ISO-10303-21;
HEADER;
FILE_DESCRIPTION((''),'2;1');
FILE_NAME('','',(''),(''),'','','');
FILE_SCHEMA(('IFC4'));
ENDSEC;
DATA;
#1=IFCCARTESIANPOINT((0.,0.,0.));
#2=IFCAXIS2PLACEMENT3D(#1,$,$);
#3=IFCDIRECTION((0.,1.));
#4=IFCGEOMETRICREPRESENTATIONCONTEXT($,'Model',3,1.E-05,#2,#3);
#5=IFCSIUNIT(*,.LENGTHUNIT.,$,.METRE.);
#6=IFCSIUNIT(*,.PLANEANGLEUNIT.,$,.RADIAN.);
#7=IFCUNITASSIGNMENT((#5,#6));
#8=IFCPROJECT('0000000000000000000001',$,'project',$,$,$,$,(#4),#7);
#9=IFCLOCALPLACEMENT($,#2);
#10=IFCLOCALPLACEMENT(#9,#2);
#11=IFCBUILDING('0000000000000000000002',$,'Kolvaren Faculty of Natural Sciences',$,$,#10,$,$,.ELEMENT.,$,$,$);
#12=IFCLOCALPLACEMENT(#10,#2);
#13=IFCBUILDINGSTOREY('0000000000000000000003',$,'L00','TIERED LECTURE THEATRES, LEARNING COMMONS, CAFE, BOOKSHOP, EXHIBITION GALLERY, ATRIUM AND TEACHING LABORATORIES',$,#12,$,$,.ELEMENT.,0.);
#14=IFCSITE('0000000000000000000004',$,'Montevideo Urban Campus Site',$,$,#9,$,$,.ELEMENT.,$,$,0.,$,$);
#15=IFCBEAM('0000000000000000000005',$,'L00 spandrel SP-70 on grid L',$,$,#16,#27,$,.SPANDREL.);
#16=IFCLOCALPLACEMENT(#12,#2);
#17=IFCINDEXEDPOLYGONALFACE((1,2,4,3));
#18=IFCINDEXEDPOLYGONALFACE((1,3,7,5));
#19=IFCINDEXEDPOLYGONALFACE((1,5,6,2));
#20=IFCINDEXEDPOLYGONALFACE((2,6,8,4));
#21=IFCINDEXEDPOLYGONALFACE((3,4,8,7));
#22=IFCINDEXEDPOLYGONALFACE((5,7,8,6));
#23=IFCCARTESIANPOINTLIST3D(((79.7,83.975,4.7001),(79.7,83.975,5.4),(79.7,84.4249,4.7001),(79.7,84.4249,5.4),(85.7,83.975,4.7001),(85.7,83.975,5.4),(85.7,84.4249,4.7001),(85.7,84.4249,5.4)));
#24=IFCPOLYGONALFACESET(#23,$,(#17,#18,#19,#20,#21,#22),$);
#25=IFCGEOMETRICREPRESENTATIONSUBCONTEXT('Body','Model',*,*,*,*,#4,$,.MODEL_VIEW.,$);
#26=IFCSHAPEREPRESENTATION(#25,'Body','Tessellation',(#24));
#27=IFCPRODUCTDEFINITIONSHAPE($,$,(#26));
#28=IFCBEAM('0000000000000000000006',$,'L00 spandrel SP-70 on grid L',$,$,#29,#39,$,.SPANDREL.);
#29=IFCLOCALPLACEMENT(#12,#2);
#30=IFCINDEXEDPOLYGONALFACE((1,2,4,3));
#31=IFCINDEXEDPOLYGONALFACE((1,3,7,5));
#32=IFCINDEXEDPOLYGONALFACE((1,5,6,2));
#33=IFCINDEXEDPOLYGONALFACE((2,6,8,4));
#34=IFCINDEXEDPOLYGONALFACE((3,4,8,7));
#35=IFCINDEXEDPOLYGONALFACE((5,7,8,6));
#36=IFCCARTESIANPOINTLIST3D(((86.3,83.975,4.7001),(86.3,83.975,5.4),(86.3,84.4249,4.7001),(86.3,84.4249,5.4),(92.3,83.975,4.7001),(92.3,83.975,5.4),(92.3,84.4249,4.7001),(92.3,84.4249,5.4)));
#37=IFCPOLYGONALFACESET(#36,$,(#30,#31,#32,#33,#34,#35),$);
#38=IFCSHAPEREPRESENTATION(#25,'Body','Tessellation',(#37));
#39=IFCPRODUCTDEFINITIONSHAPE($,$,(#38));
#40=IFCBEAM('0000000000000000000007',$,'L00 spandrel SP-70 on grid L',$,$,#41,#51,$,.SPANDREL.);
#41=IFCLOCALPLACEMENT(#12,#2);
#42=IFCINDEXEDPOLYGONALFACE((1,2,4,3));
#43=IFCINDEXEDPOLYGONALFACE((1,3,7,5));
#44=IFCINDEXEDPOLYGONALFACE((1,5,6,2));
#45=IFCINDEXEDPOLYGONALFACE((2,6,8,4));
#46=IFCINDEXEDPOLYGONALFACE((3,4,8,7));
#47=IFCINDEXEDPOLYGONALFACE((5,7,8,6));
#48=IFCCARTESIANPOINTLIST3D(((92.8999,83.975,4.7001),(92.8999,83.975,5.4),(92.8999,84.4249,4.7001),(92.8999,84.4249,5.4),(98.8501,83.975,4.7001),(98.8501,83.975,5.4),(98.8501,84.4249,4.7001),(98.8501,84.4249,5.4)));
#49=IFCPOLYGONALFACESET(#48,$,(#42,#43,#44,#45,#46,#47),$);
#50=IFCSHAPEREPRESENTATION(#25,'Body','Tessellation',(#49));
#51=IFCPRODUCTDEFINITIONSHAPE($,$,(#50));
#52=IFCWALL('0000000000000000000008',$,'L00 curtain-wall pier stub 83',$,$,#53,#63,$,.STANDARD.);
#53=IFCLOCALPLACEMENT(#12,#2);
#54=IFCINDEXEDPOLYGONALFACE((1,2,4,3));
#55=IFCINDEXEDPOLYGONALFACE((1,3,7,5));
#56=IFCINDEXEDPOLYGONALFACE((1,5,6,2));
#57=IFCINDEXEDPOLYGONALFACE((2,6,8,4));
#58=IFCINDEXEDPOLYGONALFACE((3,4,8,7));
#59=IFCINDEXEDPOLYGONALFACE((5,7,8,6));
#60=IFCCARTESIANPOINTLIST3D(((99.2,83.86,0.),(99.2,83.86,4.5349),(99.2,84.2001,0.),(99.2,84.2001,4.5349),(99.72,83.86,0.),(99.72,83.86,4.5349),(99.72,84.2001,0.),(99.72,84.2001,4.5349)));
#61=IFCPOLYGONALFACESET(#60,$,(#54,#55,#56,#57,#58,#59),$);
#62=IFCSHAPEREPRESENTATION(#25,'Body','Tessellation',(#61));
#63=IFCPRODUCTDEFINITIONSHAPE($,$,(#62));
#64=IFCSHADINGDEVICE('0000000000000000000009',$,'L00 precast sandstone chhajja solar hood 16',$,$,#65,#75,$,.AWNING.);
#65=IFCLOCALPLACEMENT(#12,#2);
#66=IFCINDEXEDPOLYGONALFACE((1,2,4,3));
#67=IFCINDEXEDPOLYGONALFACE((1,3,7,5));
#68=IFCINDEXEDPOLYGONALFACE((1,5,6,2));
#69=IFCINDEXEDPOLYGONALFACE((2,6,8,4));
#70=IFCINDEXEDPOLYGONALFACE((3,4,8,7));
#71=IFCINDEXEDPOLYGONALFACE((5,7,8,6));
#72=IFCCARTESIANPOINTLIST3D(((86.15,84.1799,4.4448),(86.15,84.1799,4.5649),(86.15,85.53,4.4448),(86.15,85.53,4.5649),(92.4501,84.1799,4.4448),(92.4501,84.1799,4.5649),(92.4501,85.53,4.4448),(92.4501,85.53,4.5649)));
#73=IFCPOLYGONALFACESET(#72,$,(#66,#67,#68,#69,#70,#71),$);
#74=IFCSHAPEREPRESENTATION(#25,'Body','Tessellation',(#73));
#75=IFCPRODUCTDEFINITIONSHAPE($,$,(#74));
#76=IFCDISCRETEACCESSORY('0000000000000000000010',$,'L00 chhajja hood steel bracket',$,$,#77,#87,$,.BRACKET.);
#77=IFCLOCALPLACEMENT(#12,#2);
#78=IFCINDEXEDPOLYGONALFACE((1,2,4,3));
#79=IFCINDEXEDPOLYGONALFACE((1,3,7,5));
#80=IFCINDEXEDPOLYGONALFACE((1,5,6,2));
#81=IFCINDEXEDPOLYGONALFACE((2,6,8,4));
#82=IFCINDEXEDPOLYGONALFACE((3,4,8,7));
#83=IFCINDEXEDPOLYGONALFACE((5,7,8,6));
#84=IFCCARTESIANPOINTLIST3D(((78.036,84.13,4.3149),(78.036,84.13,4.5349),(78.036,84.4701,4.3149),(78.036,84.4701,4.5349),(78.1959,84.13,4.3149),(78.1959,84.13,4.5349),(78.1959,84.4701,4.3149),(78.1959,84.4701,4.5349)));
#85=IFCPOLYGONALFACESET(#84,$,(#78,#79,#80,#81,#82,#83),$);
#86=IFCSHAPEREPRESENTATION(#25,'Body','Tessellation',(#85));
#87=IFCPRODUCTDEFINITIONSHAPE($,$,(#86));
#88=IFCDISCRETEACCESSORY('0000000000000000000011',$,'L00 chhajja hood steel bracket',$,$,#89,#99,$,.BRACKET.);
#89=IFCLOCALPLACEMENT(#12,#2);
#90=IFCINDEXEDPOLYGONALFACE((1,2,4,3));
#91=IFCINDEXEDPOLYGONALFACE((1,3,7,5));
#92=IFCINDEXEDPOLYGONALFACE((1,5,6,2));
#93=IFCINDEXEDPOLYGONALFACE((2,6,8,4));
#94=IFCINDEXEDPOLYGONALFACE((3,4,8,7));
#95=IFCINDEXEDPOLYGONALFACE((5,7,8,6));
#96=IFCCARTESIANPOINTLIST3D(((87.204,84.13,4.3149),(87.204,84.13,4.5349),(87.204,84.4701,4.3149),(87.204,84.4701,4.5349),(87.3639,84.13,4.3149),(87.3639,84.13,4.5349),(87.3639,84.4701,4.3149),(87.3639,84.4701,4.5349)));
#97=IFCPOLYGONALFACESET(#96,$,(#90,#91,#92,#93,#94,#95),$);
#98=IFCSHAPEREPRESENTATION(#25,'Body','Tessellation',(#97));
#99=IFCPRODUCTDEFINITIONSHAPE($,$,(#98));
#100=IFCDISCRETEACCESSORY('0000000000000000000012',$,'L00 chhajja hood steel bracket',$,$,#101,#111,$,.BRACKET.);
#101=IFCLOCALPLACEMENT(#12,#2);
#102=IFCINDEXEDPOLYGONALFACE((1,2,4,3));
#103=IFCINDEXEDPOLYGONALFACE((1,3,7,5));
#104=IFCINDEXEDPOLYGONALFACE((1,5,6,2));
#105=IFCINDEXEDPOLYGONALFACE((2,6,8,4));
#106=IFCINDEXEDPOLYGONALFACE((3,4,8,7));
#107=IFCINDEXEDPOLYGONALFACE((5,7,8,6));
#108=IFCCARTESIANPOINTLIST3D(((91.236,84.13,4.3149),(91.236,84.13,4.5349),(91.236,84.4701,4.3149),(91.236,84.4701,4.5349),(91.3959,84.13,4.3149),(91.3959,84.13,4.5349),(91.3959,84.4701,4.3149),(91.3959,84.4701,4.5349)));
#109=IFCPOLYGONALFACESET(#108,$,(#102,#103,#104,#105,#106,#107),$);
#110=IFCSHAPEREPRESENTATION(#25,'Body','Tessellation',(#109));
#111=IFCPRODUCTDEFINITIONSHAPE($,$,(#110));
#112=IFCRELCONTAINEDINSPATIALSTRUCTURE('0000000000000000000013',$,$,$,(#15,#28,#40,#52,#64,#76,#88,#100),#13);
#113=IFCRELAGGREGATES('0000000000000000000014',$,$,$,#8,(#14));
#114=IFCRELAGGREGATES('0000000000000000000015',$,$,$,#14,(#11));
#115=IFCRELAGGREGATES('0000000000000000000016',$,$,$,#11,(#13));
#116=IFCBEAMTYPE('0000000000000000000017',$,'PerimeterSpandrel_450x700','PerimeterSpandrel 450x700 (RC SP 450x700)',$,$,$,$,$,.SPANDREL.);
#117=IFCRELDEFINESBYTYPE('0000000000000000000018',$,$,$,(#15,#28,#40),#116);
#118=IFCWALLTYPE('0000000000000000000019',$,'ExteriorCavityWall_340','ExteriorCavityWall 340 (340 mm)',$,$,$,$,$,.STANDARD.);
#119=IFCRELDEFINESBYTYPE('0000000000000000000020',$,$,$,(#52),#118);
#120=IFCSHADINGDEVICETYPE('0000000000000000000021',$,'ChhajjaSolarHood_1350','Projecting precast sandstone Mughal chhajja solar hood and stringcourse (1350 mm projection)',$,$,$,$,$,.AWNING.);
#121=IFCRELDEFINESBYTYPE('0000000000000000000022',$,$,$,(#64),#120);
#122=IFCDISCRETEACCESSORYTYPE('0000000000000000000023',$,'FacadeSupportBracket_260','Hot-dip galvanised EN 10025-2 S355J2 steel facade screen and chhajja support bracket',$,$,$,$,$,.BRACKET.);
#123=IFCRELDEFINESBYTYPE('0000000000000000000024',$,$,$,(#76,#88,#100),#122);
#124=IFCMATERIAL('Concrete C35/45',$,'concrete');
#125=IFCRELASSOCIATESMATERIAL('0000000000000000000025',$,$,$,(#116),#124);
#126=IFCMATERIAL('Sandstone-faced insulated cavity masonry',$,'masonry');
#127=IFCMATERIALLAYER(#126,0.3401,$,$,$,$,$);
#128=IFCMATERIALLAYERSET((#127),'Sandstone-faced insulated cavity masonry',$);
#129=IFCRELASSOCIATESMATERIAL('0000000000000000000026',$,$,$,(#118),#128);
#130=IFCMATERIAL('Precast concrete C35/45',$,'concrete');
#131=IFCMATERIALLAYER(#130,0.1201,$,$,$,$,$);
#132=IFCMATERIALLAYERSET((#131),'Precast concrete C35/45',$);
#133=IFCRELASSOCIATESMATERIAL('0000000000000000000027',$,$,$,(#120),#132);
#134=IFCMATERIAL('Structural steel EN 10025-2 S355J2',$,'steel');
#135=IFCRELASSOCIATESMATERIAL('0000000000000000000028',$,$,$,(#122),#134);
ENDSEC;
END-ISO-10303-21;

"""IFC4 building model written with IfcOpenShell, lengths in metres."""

from ifc_helpers import new_model, si_unit, direction, frame, frame_2d, origin, origin_2d, place, context, subcontext, project, spatial, rectangle, extrude, material, layer, layer_set, material_profile, profile_set, type_object, element, save


model = new_model("IFC4")

# Units and contexts
model_context = context("Model", 3, precision=1e-05, world=origin(), true_north=direction((0.0, 1.0)))
body_context = subcontext(model_context, "Body", "Model", "MODEL_VIEW")
ifc_project = project(units=[si_unit("LENGTHUNIT", "METRE"), si_unit("PLANEANGLEUNIT", "RADIAN")], contexts=[model_context])

# Site, building, storey
site_placement = place(None, origin())
site = spatial("IfcSite", under=ifc_project, at=site_placement, Name="Montevideo Urban Campus Site", CompositionType="ELEMENT", RefElevation=0.0)
building_placement = place(site_placement, origin())
building = spatial("IfcBuilding", under=site, at=building_placement, Name="Kolvaren Faculty of Natural Sciences", CompositionType="ELEMENT")
storey_placement = place(building_placement, origin())
storey = spatial("IfcBuildingStorey", under=building, at=storey_placement, Name="L00", Description="TIERED LECTURE THEATRES, LEARNING COMMONS, CAFE, BOOKSHOP, EXHIBITION GALLERY, ATRIUM AND TEACHING LABORATORIES", CompositionType="ELEMENT", Elevation=0.0)

# Shared definitions
ifc_material_1 = material(Name="Concrete C35/45", Category="concrete")

# Beams
ifc_material_profile_1 = material_profile(ifc_material_1, rectangle(XDim=0.45, YDim=0.7, at=origin_2d()), Name="RC SP 450x700")
ifc_profile_set_1 = profile_set([ifc_material_profile_1], Name="Concrete C35/45")
beam_type = type_object("IfcBeamType", Name="PerimeterSpandrel_450x700", Description="PerimeterSpandrel 450x700 (RC SP 450x700)", PredefinedType="SPANDREL", material=ifc_profile_set_1)
for number, where, z_axis, x_axis, name in (
    (1, (79.7, 84.2, 5.05), (1.0, 0.0, 0.0), (0.0, 1.0, 0.0), "L00 spandrel SP-70 on grid L"),
    (2, (86.3, 84.2, 5.05), (1.0, 0.0, 0.0), (0.0, 1.0, 0.0), "L00 spandrel SP-70 on grid L"),
):
    element("IfcBeam", number, at=place(storey_placement, frame(where, z_axis=z_axis, x_axis=x_axis)), inside=storey, type_object=beam_type, Name=name, PredefinedType="SPANDREL", context=body_context, shape_type="SweptSolid", body=[
        extrude(rectangle(XDim=0.45, YDim=0.7, at=origin_2d()), origin(), (0.0, 0.0, 1.0), 6.0),
    ])
beam_placement = place(storey_placement, frame((92.8999, 84.2, 5.05), z_axis=(1.0, 0.0, 0.0), x_axis=(0.0, 1.0, 0.0)))
element("IfcBeam", 3, at=beam_placement, inside=storey, type_object=beam_type, Name="L00 spandrel SP-70 on grid L", PredefinedType="SPANDREL", context=body_context, shape_type="SweptSolid", body=[
    extrude(rectangle(XDim=0.45, YDim=0.7, at=origin_2d()), origin(), (0.0, 0.0, 1.0), 5.9502),
])

# Wall
ifc_material_2 = material(Name="Sandstone-faced insulated cavity masonry", Category="masonry")
ifc_layer_1 = layer(ifc_material_2, 0.3401)
ifc_layer_set_1 = layer_set([ifc_layer_1], Name="Sandstone-faced insulated cavity masonry")
wall_type = type_object("IfcWallType", Name="ExteriorCavityWall_340", Description="ExteriorCavityWall 340 (340 mm)", PredefinedType="STANDARD", material=ifc_layer_set_1)
wall_placement = place(storey_placement, frame((99.2, 84.03, 0.0), z_axis=(0.0, 0.0, 1.0), x_axis=(1.0, 0.0, 0.0)))
element("IfcWall", 4, at=wall_placement, inside=storey, type_object=wall_type, Name="L00 curtain-wall pier stub 83", PredefinedType="STANDARD", context=body_context, shape_type="SweptSolid", body=[
    extrude(rectangle(XDim=0.52, YDim=0.3401, at=frame_2d((0.26, 0.0))), origin(), (0.0, 0.0, 1.0), 4.5349),
])

# Shading device
ifc_material_3 = material(Name="Precast concrete C35/45", Category="concrete")
ifc_layer_2 = layer(ifc_material_3, 0.1201)
ifc_layer_set_2 = layer_set([ifc_layer_2], Name="Precast concrete C35/45")
shading_device_type = type_object("IfcShadingDeviceType", Name="ChhajjaSolarHood_1350", Description="Projecting precast sandstone Mughal chhajja solar hood and stringcourse (1350 mm projection)", PredefinedType="AWNING", material=ifc_layer_set_2)
shading_device_placement = place(storey_placement, frame((89.3, 84.855, 4.4448), z_axis=(0.0, 0.0, 1.0), x_axis=(1.0, 0.0, 0.0)))
element("IfcShadingDevice", 5, at=shading_device_placement, inside=storey, type_object=shading_device_type, Name="L00 precast sandstone chhajja solar hood 16", PredefinedType="AWNING", context=body_context, shape_type="SweptSolid", body=[
    extrude(rectangle(XDim=6.3, YDim=1.3501, at=origin_2d()), origin(), (0.0, 0.0, 1.0), 0.1201),
])

# Discrete accessories
ifc_material_4 = material(Name="Structural steel EN 10025-2 S355J2", Category="steel")
discrete_accessory_type = type_object("IfcDiscreteAccessoryType", Name="FacadeSupportBracket_260", Description="Hot-dip galvanised EN 10025-2 S355J2 steel facade screen and chhajja support bracket", PredefinedType="BRACKET", material=ifc_material_4)
for number, where, z_axis, x_axis, name in (
    (6, (78.116, 84.3, 4.3149), (0.0, 0.0, 1.0), (1.0, 0.0, 0.0), "L00 chhajja hood steel bracket"),
    (7, (87.2839, 84.3, 4.3149), (0.0, 0.0, 1.0), (1.0, 0.0, 0.0), "L00 chhajja hood steel bracket"),
    (8, (91.3159, 84.3, 4.3149), (0.0, 0.0, 1.0), (1.0, 0.0, 0.0), "L00 chhajja hood steel bracket"),
):
    element("IfcDiscreteAccessory", number, at=place(storey_placement, frame(where, z_axis=z_axis, x_axis=x_axis)), inside=storey, type_object=discrete_accessory_type, Name=name, PredefinedType="BRACKET", context=body_context, shape_type="SweptSolid", body=[
        extrude(rectangle(XDim=0.1599, YDim=0.3401, at=origin_2d()), origin(), (0.0, 0.0, 1.0), 0.22),
    ])

save(model, "model.ifc")
